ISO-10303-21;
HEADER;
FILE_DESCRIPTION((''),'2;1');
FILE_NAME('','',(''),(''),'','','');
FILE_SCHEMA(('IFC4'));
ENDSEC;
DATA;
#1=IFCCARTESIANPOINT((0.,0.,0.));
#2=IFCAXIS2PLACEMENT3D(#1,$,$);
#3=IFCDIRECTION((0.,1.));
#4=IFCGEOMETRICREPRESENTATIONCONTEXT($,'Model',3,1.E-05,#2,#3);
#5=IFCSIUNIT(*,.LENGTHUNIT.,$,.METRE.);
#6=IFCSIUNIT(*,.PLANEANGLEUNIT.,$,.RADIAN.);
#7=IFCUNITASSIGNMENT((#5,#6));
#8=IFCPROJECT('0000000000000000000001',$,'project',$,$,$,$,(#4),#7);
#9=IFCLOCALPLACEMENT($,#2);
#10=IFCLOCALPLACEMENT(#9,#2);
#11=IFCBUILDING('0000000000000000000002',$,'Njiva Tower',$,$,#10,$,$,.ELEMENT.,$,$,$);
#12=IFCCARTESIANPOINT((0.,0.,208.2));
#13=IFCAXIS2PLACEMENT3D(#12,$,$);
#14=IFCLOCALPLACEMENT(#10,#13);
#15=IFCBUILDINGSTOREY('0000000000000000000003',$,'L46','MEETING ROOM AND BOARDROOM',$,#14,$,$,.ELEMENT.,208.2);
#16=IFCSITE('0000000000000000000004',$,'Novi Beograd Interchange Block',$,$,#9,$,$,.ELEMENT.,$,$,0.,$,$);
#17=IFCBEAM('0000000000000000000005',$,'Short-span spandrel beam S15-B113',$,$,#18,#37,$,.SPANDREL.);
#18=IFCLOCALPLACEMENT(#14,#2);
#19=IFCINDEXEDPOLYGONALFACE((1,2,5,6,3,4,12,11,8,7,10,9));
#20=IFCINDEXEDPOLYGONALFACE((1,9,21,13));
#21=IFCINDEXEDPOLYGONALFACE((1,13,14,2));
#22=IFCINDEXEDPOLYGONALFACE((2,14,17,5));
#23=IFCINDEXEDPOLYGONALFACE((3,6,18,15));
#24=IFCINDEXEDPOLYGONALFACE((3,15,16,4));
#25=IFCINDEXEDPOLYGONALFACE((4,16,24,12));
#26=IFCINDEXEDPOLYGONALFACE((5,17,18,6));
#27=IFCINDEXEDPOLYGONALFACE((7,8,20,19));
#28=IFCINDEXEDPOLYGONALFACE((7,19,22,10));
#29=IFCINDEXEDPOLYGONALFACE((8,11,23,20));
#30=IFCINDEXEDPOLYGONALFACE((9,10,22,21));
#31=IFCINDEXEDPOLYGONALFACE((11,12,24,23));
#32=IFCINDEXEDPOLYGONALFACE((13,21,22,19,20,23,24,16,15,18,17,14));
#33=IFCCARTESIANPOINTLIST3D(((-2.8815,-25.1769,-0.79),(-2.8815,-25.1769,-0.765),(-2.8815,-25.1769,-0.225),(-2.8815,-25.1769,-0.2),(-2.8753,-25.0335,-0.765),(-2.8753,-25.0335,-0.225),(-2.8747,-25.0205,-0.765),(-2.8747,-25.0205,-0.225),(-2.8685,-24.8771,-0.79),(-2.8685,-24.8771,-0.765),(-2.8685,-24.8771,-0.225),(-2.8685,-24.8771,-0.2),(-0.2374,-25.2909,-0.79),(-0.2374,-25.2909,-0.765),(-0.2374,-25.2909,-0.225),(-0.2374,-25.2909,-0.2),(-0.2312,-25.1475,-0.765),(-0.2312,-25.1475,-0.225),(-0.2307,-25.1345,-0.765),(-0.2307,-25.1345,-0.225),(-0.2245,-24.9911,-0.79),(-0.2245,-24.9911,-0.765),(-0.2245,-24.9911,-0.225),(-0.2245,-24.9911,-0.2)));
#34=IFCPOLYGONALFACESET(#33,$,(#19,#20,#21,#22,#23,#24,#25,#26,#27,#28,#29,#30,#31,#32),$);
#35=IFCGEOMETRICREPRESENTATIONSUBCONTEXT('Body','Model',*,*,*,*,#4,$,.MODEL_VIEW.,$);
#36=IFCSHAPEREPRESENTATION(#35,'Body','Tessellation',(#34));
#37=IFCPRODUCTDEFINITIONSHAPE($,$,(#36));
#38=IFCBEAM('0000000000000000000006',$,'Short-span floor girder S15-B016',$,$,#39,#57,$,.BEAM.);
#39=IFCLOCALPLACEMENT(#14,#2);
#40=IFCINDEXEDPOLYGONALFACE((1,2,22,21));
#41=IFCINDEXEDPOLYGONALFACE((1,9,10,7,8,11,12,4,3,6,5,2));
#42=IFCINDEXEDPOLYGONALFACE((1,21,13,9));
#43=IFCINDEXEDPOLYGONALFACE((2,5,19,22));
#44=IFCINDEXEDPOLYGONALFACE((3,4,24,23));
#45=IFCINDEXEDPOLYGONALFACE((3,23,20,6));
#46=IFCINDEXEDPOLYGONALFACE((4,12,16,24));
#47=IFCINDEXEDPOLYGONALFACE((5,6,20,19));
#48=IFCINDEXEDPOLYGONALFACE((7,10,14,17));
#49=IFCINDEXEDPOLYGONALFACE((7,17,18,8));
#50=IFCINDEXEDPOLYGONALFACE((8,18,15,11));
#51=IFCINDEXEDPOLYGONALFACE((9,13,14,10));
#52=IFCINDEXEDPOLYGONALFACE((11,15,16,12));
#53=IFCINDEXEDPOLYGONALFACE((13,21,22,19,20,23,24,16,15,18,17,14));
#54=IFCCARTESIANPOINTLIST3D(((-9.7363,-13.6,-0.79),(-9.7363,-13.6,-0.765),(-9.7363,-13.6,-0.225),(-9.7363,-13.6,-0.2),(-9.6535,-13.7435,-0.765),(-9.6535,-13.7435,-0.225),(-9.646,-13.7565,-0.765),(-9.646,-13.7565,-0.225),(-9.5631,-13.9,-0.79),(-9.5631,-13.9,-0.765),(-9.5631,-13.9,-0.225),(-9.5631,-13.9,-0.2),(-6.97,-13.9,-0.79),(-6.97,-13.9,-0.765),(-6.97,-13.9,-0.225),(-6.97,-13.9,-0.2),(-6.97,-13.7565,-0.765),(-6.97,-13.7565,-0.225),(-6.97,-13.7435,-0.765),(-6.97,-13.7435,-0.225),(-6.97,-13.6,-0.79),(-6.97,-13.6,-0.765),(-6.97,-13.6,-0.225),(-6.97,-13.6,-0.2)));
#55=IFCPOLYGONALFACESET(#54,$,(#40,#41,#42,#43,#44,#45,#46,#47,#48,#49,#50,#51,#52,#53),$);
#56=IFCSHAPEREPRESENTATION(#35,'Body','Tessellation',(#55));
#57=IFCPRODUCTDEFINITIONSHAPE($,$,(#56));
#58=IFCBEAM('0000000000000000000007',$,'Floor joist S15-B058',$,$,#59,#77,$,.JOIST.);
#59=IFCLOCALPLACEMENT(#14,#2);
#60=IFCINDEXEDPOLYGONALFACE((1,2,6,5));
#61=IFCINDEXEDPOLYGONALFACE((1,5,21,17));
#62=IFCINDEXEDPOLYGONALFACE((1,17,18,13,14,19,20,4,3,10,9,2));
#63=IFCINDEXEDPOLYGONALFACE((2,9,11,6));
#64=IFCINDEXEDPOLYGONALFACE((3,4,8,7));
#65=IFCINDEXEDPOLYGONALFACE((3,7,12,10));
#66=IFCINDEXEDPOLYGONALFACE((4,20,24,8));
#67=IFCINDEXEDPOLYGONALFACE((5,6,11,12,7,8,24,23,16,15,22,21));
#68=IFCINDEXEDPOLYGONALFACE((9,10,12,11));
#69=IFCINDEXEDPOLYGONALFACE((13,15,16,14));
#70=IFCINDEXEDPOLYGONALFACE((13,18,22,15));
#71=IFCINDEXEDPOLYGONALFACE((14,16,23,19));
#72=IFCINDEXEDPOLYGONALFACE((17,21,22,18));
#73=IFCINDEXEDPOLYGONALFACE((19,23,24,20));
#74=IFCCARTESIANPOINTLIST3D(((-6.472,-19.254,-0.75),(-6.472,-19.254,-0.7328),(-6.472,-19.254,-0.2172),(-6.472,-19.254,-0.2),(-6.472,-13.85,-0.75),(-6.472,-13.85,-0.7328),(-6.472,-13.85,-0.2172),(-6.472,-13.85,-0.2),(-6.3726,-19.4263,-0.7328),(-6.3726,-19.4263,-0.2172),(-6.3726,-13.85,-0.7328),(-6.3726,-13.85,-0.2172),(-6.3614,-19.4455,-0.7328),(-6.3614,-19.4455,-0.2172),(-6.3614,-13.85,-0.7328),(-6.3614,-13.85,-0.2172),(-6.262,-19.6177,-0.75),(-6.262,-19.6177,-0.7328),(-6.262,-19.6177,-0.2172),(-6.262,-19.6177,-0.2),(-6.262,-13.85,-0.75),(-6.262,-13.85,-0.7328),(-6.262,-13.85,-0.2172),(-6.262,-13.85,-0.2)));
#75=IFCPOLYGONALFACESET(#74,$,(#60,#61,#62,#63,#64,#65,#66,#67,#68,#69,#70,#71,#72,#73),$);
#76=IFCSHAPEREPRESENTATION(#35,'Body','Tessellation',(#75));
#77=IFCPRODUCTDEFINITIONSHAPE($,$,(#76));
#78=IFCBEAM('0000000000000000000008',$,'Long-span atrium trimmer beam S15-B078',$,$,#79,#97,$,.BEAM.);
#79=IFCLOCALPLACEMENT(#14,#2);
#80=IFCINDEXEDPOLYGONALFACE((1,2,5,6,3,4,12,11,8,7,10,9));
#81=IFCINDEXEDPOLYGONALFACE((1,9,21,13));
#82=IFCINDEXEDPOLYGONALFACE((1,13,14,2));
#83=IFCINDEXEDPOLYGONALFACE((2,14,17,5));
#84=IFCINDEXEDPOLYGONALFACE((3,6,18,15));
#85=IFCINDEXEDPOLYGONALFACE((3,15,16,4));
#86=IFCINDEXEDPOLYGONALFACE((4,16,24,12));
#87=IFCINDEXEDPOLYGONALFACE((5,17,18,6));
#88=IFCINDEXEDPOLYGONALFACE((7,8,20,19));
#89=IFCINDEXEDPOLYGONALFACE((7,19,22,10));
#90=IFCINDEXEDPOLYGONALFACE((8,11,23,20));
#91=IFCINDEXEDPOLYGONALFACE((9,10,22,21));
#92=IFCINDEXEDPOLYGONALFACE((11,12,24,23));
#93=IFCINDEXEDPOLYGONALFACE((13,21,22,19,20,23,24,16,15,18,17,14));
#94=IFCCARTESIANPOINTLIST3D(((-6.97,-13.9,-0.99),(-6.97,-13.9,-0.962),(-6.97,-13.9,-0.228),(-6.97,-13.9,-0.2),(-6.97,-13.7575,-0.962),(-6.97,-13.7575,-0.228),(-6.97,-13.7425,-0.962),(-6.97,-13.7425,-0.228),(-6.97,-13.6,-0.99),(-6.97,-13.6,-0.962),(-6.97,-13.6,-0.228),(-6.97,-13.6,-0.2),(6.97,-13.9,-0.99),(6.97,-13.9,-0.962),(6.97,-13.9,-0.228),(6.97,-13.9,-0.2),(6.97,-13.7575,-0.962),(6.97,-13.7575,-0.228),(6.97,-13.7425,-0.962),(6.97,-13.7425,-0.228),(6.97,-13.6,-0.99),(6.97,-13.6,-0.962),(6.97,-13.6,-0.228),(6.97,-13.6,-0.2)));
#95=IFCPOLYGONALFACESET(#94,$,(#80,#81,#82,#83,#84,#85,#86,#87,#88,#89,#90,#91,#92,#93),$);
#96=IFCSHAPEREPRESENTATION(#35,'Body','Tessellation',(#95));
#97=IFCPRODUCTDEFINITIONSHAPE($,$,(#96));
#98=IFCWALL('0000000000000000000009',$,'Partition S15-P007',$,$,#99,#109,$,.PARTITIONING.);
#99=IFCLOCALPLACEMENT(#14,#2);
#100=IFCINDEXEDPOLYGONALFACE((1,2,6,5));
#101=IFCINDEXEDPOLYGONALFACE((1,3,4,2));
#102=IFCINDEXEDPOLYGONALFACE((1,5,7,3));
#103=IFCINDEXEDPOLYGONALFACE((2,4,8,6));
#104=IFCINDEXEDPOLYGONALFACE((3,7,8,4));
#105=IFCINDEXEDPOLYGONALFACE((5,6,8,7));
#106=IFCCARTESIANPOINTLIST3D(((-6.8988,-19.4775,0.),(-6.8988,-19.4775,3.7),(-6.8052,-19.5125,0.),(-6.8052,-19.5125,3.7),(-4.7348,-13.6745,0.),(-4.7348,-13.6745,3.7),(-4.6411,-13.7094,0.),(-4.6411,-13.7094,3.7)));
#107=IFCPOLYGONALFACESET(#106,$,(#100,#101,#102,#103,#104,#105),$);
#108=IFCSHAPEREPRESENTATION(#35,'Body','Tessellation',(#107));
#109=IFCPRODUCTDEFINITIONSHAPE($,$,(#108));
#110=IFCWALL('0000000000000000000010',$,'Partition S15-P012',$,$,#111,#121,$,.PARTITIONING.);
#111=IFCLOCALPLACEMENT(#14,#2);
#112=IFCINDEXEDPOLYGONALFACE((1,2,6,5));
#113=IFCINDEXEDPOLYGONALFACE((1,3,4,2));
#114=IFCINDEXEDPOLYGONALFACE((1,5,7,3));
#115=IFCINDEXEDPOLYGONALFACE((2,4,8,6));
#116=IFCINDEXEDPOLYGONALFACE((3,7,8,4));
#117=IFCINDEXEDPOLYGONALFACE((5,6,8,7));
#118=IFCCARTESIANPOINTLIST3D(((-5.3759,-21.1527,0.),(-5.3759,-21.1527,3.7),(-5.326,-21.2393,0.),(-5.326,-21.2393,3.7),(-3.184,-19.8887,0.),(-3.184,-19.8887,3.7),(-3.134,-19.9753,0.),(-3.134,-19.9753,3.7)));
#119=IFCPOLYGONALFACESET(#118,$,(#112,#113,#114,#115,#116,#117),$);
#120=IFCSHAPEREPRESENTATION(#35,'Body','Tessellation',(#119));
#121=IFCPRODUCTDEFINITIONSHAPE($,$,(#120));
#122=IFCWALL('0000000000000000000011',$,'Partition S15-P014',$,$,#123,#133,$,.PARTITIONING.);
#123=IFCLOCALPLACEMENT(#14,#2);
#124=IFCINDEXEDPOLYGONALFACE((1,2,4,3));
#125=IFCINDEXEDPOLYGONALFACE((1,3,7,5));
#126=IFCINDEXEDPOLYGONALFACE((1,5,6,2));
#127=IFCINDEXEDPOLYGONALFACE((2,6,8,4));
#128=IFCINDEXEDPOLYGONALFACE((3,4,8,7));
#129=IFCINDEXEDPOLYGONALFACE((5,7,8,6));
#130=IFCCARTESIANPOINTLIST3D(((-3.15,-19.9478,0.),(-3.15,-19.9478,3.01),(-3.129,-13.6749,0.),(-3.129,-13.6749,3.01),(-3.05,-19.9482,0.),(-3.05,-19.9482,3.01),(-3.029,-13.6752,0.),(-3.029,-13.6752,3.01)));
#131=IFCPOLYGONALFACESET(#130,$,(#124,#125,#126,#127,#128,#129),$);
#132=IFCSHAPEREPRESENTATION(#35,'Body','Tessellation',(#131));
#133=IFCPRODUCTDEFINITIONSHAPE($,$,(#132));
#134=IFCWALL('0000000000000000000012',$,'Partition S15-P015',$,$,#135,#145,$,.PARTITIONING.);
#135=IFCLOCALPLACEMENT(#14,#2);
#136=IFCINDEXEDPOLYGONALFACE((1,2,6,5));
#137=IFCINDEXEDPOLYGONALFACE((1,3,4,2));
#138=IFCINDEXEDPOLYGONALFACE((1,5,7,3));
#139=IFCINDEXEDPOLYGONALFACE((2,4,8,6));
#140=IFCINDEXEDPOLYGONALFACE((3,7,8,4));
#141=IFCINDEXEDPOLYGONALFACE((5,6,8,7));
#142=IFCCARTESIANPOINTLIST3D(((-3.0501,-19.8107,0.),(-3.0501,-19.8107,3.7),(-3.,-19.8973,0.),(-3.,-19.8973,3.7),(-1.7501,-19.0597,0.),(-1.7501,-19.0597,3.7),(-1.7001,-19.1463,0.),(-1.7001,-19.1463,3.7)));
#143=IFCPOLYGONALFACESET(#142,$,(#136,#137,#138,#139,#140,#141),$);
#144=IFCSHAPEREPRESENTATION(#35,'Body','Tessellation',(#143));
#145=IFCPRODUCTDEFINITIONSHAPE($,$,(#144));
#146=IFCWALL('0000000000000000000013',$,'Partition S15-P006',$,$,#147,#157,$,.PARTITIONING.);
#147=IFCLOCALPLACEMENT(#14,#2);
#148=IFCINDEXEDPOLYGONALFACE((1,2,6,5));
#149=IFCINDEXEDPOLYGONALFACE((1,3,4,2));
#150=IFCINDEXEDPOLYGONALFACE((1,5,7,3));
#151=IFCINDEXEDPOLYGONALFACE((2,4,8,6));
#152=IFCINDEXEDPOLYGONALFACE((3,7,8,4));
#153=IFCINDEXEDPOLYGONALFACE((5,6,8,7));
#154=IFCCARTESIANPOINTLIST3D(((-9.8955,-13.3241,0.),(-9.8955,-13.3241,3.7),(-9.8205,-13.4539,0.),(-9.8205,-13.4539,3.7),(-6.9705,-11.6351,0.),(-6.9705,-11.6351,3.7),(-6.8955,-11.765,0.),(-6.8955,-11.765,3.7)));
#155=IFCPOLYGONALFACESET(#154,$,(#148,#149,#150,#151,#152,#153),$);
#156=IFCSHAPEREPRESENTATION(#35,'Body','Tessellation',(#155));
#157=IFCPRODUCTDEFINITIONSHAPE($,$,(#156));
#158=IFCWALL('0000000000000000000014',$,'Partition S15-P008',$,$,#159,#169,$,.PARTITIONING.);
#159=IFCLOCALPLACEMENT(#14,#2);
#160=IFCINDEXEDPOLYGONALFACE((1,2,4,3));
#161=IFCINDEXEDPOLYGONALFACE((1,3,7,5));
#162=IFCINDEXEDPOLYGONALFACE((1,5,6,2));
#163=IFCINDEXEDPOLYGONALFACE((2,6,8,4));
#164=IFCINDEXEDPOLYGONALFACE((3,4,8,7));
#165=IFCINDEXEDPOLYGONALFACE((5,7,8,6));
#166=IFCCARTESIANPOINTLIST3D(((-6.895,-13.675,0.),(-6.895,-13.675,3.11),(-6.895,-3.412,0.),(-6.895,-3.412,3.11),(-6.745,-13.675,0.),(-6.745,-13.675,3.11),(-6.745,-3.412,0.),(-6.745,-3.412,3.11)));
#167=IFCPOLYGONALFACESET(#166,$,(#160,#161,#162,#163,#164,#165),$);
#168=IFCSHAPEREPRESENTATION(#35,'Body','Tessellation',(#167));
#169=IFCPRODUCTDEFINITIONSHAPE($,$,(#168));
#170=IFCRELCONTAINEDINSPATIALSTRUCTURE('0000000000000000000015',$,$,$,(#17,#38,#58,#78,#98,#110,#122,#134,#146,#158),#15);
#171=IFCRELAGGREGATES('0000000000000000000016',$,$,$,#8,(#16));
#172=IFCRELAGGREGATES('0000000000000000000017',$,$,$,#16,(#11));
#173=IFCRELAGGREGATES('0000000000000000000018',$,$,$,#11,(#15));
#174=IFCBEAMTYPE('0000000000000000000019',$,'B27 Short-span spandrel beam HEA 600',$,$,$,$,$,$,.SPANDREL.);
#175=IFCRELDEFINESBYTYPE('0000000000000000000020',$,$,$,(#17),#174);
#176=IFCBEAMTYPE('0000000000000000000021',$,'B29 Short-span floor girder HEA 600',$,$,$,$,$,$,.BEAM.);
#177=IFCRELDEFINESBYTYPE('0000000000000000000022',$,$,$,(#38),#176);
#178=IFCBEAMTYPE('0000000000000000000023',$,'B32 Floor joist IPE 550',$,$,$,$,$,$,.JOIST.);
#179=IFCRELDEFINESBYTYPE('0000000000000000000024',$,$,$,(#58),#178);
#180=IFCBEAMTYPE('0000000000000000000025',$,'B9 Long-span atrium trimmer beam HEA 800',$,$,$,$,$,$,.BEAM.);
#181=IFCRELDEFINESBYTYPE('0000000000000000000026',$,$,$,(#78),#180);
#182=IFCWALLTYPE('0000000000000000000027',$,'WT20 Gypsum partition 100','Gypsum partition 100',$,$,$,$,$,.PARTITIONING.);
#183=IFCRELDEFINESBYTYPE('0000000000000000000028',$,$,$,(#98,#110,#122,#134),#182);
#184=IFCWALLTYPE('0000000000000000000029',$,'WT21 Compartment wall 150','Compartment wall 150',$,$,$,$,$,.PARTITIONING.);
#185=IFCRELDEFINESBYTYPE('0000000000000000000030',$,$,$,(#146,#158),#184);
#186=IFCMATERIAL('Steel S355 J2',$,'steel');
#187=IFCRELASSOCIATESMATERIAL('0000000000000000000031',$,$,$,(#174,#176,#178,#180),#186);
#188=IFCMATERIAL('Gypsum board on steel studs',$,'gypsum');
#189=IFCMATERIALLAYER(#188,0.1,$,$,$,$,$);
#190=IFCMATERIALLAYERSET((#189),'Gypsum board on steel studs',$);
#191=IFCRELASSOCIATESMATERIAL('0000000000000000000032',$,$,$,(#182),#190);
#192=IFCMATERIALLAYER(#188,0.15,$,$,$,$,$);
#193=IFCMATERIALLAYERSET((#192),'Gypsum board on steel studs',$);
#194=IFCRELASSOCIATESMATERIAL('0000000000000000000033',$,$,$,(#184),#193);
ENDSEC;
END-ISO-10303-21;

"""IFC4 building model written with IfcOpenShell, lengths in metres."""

from ifc_helpers import new_model, si_unit, direction, frame, frame_2d, origin, origin_2d, place, context, subcontext, project, spatial, rectangle, i_section, extrude, clip, halfspace, material, layer, layer_set, material_profile, profile_set, type_object, element, save


model = new_model("IFC4")

# Units and contexts
model_context = context("Model", 3, precision=1e-05, world=origin(), true_north=direction((0.0, 1.0)))
body_context = subcontext(model_context, "Body", "Model", "MODEL_VIEW")
ifc_project = project(units=[si_unit("LENGTHUNIT", "METRE"), si_unit("PLANEANGLEUNIT", "RADIAN")], contexts=[model_context])

# Site, building, storey
site_placement = place(None, origin())
site = spatial("IfcSite", under=ifc_project, at=site_placement, Name="Novi Beograd Interchange Block", CompositionType="ELEMENT", RefElevation=0.0)
building_placement = place(site_placement, origin())
building = spatial("IfcBuilding", under=site, at=building_placement, Name="Njiva Tower", CompositionType="ELEMENT")
storey_placement = place(building_placement, frame((0.0, 0.0, 208.2)))
storey = spatial("IfcBuildingStorey", under=building, at=storey_placement, Name="L46", Description="MEETING ROOM AND BOARDROOM", CompositionType="ELEMENT", Elevation=208.2)

# Shared definitions
ifc_material_1 = material(Name="Steel S355 J2", Category="steel")

# Beams
ifc_material_profile_1 = material_profile(ifc_material_1, i_section(OverallWidth=0.3, OverallDepth=0.59, WebThickness=0.013, FlangeThickness=0.025, at=origin_2d()), Name="HEA 600")
ifc_profile_set_1 = profile_set([ifc_material_profile_1], Name="Steel S355 J2")
beam_type_1 = type_object("IfcBeamType", Name="B27 Short-span spandrel beam HEA 600", PredefinedType="SPANDREL", material=ifc_profile_set_1)
beam_1_placement = place(storey_placement, frame((-2.875, -25.027, -0.495), z_axis=(0.999072, -0.043076, 0.0), x_axis=(0.043076, 0.999072, 0.0)))
element("IfcBeam", 1, at=beam_1_placement, inside=storey, type_object=beam_type_1, Name="Short-span spandrel beam S15-B113", PredefinedType="SPANDREL", context=body_context, shape_type="SweptSolid", body=[
    extrude(i_section(OverallWidth=0.3, OverallDepth=0.59, WebThickness=0.013, FlangeThickness=0.025, at=origin_2d()), origin(), (0.0, 0.0, 1.0), 2.6465),
])
ifc_material_profile_2 = material_profile(ifc_material_1, i_section(OverallWidth=0.3, OverallDepth=0.59, WebThickness=0.013, FlangeThickness=0.025, at=origin_2d()), Name="HEA 600")
ifc_profile_set_2 = profile_set([ifc_material_profile_2], Name="Steel S355 J2")
beam_type_2 = type_object("IfcBeamType", Name="B29 Short-span floor girder HEA 600", PredefinedType="BEAM", material=ifc_profile_set_2)
beam_2_placement = place(storey_placement, frame((-9.757, -13.75, -0.495), z_axis=(1.0, 0.0, 0.0), x_axis=(0.0, 1.0, 0.0)))
element("IfcBeam", 2, at=beam_2_placement, inside=storey, type_object=beam_type_2, Name="Short-span floor girder S15-B016", PredefinedType="BEAM", context=body_context, shape_type="Clipping", body=[
    clip(extrude(i_section(OverallWidth=0.3, OverallDepth=0.59, WebThickness=0.013, FlangeThickness=0.025, at=origin_2d()), origin(), (0.0, 0.0, 1.0), 2.787), halfspace(frame((-0.025, 0.0, 0.1217), z_axis=(-0.499998, 0.0, -0.866027), x_axis=(0.0, -1.0, 0.0)), False)),
])
ifc_material_profile_3 = material_profile(ifc_material_1, i_section(OverallWidth=0.21, OverallDepth=0.55, WebThickness=0.0111, FlangeThickness=0.0172, at=origin_2d()), Name="IPE 550")
ifc_profile_set_3 = profile_set([ifc_material_profile_3], Name="Steel S355 J2")
beam_type_3 = type_object("IfcBeamType", Name="B32 Floor joist IPE 550", PredefinedType="JOIST", material=ifc_profile_set_3)
beam_3_placement = place(storey_placement, frame((-6.367, -13.85, -0.475), z_axis=(0.0, -1.0, 0.0), x_axis=(1.0, 0.0, 0.0)))
element("IfcBeam", 3, at=beam_3_placement, inside=storey, type_object=beam_type_3, Name="Floor joist S15-B058", PredefinedType="JOIST", context=body_context, shape_type="Clipping", body=[
    clip(extrude(i_section(OverallWidth=0.21, OverallDepth=0.55, WebThickness=0.0111, FlangeThickness=0.0172, at=origin_2d()), origin(), (0.0, 0.0, 1.0), 5.788), halfspace(frame((-0.043, 0.0, 5.5114), z_axis=(-0.866027, 0.0, 0.499998), x_axis=(0.0, 1.0, 0.0)), False)),
])
ifc_material_profile_4 = material_profile(ifc_material_1, i_section(OverallWidth=0.3, OverallDepth=0.79, WebThickness=0.015, FlangeThickness=0.028, at=origin_2d()), Name="HEA 800")
ifc_profile_set_4 = profile_set([ifc_material_profile_4], Name="Steel S355 J2")
beam_type_4 = type_object("IfcBeamType", Name="B9 Long-span atrium trimmer beam HEA 800", PredefinedType="BEAM", material=ifc_profile_set_4)
beam_4_placement = place(storey_placement, frame((-6.97, -13.75, -0.595), z_axis=(1.0, 0.0, 0.0), x_axis=(0.0, 1.0, 0.0)))
element("IfcBeam", 4, at=beam_4_placement, inside=storey, type_object=beam_type_4, Name="Long-span atrium trimmer beam S15-B078", PredefinedType="BEAM", context=body_context, shape_type="SweptSolid", body=[
    extrude(i_section(OverallWidth=0.3, OverallDepth=0.79, WebThickness=0.015, FlangeThickness=0.028, at=origin_2d()), origin(), (0.0, 0.0, 1.0), 13.94),
])

# Walls
ifc_material_2 = material(Name="Gypsum board on steel studs", Category="gypsum")
ifc_layer_1 = layer(ifc_material_2, 0.1)
ifc_layer_set_1 = layer_set([ifc_layer_1], Name="Gypsum board on steel studs")
wall_type_1 = type_object("IfcWallType", Name="WT20 Gypsum partition 100", Description="Gypsum partition 100", PredefinedType="PARTITIONING", material=ifc_layer_set_1)
wall_1_placement = place(storey_placement, frame((-6.852, -19.495, 0.0), z_axis=(0.0, 0.0, 1.0), x_axis=(0.349406, 0.936971, 0.0)))
element("IfcWall", 5, at=wall_1_placement, inside=storey, type_object=wall_type_1, Name="Partition S15-P007", PredefinedType="PARTITIONING", context=body_context, shape_type="SweptSolid", body=[
    extrude(rectangle(XDim=6.1934, YDim=0.1, at=frame_2d((3.0967, 0.0))), origin(), (0.0, 0.0, 1.0), 3.7),
])
wall_2_placement = place(storey_placement, frame((-5.351, -21.196, 0.0), z_axis=(0.0, 0.0, 1.0), x_axis=(0.866291, 0.49954, 0.0)))
element("IfcWall", 6, at=wall_2_placement, inside=storey, type_object=wall_type_1, Name="Partition S15-P012", PredefinedType="PARTITIONING", context=body_context, shape_type="SweptSolid", body=[
    extrude(rectangle(XDim=2.5303, YDim=0.1, at=frame_2d((1.2652, 0.0))), origin(), (0.0, 0.0, 1.0), 3.7),
])
wall_3_placement = place(storey_placement, frame((-3.1, -19.948, 0.0), z_axis=(0.0, 0.0, 1.0), x_axis=(0.003348, 0.999994, 0.0)))
element("IfcWall", 7, at=wall_3_placement, inside=storey, type_object=wall_type_1, Name="Partition S15-P014", PredefinedType="PARTITIONING", context=body_context, shape_type="SweptSolid", body=[
    extrude(rectangle(XDim=6.273, YDim=0.1, at=frame_2d((3.1365, 0.0))), origin(), (0.0, 0.0, 1.0), 3.01),
])
wall_4_placement = place(storey_placement, frame((-3.025, -19.854, 0.0), z_axis=(0.0, 0.0, 1.0), x_axis=(0.865897, 0.500222, 0.0)))
element("IfcWall", 8, at=wall_4_placement, inside=storey, type_object=wall_type_1, Name="Partition S15-P015", PredefinedType="PARTITIONING", context=body_context, shape_type="SweptSolid", body=[
    extrude(rectangle(XDim=1.5013, YDim=0.1, at=frame_2d((0.7506, 0.0))), origin(), (0.0, 0.0, 1.0), 3.7),
])
ifc_layer_2 = layer(ifc_material_2, 0.15)
ifc_layer_set_2 = layer_set([ifc_layer_2], Name="Gypsum board on steel studs")
wall_type_2 = type_object("IfcWallType", Name="WT21 Compartment wall 150", Description="Compartment wall 150", PredefinedType="PARTITIONING", material=ifc_layer_set_2)
wall_5_placement = place(storey_placement, frame((-9.858, -13.389, 0.0), z_axis=(0.0, 0.0, 1.0), x_axis=(0.865993, 0.500056, 0.0)))
element("IfcWall", 9, at=wall_5_placement, inside=storey, type_object=wall_type_2, Name="Partition S15-P006", PredefinedType="PARTITIONING", context=body_context, shape_type="SweptSolid", body=[
    extrude(rectangle(XDim=3.3776, YDim=0.15, at=frame_2d((1.6888, 0.0))), origin(), (0.0, 0.0, 1.0), 3.7),
])
wall_6_placement = place(storey_placement, frame((-6.82, -13.675, 0.0), z_axis=(0.0, 0.0, 1.0), x_axis=(0.0, 1.0, 0.0)))
element("IfcWall", 10, at=wall_6_placement, inside=storey, type_object=wall_type_2, Name="Partition S15-P008", PredefinedType="PARTITIONING", context=body_context, shape_type="SweptSolid", body=[
    extrude(rectangle(XDim=10.263, YDim=0.15, at=frame_2d((5.1315, 0.0))), origin(), (0.0, 0.0, 1.0), 3.11),
])

save(model, "model.ifc")
